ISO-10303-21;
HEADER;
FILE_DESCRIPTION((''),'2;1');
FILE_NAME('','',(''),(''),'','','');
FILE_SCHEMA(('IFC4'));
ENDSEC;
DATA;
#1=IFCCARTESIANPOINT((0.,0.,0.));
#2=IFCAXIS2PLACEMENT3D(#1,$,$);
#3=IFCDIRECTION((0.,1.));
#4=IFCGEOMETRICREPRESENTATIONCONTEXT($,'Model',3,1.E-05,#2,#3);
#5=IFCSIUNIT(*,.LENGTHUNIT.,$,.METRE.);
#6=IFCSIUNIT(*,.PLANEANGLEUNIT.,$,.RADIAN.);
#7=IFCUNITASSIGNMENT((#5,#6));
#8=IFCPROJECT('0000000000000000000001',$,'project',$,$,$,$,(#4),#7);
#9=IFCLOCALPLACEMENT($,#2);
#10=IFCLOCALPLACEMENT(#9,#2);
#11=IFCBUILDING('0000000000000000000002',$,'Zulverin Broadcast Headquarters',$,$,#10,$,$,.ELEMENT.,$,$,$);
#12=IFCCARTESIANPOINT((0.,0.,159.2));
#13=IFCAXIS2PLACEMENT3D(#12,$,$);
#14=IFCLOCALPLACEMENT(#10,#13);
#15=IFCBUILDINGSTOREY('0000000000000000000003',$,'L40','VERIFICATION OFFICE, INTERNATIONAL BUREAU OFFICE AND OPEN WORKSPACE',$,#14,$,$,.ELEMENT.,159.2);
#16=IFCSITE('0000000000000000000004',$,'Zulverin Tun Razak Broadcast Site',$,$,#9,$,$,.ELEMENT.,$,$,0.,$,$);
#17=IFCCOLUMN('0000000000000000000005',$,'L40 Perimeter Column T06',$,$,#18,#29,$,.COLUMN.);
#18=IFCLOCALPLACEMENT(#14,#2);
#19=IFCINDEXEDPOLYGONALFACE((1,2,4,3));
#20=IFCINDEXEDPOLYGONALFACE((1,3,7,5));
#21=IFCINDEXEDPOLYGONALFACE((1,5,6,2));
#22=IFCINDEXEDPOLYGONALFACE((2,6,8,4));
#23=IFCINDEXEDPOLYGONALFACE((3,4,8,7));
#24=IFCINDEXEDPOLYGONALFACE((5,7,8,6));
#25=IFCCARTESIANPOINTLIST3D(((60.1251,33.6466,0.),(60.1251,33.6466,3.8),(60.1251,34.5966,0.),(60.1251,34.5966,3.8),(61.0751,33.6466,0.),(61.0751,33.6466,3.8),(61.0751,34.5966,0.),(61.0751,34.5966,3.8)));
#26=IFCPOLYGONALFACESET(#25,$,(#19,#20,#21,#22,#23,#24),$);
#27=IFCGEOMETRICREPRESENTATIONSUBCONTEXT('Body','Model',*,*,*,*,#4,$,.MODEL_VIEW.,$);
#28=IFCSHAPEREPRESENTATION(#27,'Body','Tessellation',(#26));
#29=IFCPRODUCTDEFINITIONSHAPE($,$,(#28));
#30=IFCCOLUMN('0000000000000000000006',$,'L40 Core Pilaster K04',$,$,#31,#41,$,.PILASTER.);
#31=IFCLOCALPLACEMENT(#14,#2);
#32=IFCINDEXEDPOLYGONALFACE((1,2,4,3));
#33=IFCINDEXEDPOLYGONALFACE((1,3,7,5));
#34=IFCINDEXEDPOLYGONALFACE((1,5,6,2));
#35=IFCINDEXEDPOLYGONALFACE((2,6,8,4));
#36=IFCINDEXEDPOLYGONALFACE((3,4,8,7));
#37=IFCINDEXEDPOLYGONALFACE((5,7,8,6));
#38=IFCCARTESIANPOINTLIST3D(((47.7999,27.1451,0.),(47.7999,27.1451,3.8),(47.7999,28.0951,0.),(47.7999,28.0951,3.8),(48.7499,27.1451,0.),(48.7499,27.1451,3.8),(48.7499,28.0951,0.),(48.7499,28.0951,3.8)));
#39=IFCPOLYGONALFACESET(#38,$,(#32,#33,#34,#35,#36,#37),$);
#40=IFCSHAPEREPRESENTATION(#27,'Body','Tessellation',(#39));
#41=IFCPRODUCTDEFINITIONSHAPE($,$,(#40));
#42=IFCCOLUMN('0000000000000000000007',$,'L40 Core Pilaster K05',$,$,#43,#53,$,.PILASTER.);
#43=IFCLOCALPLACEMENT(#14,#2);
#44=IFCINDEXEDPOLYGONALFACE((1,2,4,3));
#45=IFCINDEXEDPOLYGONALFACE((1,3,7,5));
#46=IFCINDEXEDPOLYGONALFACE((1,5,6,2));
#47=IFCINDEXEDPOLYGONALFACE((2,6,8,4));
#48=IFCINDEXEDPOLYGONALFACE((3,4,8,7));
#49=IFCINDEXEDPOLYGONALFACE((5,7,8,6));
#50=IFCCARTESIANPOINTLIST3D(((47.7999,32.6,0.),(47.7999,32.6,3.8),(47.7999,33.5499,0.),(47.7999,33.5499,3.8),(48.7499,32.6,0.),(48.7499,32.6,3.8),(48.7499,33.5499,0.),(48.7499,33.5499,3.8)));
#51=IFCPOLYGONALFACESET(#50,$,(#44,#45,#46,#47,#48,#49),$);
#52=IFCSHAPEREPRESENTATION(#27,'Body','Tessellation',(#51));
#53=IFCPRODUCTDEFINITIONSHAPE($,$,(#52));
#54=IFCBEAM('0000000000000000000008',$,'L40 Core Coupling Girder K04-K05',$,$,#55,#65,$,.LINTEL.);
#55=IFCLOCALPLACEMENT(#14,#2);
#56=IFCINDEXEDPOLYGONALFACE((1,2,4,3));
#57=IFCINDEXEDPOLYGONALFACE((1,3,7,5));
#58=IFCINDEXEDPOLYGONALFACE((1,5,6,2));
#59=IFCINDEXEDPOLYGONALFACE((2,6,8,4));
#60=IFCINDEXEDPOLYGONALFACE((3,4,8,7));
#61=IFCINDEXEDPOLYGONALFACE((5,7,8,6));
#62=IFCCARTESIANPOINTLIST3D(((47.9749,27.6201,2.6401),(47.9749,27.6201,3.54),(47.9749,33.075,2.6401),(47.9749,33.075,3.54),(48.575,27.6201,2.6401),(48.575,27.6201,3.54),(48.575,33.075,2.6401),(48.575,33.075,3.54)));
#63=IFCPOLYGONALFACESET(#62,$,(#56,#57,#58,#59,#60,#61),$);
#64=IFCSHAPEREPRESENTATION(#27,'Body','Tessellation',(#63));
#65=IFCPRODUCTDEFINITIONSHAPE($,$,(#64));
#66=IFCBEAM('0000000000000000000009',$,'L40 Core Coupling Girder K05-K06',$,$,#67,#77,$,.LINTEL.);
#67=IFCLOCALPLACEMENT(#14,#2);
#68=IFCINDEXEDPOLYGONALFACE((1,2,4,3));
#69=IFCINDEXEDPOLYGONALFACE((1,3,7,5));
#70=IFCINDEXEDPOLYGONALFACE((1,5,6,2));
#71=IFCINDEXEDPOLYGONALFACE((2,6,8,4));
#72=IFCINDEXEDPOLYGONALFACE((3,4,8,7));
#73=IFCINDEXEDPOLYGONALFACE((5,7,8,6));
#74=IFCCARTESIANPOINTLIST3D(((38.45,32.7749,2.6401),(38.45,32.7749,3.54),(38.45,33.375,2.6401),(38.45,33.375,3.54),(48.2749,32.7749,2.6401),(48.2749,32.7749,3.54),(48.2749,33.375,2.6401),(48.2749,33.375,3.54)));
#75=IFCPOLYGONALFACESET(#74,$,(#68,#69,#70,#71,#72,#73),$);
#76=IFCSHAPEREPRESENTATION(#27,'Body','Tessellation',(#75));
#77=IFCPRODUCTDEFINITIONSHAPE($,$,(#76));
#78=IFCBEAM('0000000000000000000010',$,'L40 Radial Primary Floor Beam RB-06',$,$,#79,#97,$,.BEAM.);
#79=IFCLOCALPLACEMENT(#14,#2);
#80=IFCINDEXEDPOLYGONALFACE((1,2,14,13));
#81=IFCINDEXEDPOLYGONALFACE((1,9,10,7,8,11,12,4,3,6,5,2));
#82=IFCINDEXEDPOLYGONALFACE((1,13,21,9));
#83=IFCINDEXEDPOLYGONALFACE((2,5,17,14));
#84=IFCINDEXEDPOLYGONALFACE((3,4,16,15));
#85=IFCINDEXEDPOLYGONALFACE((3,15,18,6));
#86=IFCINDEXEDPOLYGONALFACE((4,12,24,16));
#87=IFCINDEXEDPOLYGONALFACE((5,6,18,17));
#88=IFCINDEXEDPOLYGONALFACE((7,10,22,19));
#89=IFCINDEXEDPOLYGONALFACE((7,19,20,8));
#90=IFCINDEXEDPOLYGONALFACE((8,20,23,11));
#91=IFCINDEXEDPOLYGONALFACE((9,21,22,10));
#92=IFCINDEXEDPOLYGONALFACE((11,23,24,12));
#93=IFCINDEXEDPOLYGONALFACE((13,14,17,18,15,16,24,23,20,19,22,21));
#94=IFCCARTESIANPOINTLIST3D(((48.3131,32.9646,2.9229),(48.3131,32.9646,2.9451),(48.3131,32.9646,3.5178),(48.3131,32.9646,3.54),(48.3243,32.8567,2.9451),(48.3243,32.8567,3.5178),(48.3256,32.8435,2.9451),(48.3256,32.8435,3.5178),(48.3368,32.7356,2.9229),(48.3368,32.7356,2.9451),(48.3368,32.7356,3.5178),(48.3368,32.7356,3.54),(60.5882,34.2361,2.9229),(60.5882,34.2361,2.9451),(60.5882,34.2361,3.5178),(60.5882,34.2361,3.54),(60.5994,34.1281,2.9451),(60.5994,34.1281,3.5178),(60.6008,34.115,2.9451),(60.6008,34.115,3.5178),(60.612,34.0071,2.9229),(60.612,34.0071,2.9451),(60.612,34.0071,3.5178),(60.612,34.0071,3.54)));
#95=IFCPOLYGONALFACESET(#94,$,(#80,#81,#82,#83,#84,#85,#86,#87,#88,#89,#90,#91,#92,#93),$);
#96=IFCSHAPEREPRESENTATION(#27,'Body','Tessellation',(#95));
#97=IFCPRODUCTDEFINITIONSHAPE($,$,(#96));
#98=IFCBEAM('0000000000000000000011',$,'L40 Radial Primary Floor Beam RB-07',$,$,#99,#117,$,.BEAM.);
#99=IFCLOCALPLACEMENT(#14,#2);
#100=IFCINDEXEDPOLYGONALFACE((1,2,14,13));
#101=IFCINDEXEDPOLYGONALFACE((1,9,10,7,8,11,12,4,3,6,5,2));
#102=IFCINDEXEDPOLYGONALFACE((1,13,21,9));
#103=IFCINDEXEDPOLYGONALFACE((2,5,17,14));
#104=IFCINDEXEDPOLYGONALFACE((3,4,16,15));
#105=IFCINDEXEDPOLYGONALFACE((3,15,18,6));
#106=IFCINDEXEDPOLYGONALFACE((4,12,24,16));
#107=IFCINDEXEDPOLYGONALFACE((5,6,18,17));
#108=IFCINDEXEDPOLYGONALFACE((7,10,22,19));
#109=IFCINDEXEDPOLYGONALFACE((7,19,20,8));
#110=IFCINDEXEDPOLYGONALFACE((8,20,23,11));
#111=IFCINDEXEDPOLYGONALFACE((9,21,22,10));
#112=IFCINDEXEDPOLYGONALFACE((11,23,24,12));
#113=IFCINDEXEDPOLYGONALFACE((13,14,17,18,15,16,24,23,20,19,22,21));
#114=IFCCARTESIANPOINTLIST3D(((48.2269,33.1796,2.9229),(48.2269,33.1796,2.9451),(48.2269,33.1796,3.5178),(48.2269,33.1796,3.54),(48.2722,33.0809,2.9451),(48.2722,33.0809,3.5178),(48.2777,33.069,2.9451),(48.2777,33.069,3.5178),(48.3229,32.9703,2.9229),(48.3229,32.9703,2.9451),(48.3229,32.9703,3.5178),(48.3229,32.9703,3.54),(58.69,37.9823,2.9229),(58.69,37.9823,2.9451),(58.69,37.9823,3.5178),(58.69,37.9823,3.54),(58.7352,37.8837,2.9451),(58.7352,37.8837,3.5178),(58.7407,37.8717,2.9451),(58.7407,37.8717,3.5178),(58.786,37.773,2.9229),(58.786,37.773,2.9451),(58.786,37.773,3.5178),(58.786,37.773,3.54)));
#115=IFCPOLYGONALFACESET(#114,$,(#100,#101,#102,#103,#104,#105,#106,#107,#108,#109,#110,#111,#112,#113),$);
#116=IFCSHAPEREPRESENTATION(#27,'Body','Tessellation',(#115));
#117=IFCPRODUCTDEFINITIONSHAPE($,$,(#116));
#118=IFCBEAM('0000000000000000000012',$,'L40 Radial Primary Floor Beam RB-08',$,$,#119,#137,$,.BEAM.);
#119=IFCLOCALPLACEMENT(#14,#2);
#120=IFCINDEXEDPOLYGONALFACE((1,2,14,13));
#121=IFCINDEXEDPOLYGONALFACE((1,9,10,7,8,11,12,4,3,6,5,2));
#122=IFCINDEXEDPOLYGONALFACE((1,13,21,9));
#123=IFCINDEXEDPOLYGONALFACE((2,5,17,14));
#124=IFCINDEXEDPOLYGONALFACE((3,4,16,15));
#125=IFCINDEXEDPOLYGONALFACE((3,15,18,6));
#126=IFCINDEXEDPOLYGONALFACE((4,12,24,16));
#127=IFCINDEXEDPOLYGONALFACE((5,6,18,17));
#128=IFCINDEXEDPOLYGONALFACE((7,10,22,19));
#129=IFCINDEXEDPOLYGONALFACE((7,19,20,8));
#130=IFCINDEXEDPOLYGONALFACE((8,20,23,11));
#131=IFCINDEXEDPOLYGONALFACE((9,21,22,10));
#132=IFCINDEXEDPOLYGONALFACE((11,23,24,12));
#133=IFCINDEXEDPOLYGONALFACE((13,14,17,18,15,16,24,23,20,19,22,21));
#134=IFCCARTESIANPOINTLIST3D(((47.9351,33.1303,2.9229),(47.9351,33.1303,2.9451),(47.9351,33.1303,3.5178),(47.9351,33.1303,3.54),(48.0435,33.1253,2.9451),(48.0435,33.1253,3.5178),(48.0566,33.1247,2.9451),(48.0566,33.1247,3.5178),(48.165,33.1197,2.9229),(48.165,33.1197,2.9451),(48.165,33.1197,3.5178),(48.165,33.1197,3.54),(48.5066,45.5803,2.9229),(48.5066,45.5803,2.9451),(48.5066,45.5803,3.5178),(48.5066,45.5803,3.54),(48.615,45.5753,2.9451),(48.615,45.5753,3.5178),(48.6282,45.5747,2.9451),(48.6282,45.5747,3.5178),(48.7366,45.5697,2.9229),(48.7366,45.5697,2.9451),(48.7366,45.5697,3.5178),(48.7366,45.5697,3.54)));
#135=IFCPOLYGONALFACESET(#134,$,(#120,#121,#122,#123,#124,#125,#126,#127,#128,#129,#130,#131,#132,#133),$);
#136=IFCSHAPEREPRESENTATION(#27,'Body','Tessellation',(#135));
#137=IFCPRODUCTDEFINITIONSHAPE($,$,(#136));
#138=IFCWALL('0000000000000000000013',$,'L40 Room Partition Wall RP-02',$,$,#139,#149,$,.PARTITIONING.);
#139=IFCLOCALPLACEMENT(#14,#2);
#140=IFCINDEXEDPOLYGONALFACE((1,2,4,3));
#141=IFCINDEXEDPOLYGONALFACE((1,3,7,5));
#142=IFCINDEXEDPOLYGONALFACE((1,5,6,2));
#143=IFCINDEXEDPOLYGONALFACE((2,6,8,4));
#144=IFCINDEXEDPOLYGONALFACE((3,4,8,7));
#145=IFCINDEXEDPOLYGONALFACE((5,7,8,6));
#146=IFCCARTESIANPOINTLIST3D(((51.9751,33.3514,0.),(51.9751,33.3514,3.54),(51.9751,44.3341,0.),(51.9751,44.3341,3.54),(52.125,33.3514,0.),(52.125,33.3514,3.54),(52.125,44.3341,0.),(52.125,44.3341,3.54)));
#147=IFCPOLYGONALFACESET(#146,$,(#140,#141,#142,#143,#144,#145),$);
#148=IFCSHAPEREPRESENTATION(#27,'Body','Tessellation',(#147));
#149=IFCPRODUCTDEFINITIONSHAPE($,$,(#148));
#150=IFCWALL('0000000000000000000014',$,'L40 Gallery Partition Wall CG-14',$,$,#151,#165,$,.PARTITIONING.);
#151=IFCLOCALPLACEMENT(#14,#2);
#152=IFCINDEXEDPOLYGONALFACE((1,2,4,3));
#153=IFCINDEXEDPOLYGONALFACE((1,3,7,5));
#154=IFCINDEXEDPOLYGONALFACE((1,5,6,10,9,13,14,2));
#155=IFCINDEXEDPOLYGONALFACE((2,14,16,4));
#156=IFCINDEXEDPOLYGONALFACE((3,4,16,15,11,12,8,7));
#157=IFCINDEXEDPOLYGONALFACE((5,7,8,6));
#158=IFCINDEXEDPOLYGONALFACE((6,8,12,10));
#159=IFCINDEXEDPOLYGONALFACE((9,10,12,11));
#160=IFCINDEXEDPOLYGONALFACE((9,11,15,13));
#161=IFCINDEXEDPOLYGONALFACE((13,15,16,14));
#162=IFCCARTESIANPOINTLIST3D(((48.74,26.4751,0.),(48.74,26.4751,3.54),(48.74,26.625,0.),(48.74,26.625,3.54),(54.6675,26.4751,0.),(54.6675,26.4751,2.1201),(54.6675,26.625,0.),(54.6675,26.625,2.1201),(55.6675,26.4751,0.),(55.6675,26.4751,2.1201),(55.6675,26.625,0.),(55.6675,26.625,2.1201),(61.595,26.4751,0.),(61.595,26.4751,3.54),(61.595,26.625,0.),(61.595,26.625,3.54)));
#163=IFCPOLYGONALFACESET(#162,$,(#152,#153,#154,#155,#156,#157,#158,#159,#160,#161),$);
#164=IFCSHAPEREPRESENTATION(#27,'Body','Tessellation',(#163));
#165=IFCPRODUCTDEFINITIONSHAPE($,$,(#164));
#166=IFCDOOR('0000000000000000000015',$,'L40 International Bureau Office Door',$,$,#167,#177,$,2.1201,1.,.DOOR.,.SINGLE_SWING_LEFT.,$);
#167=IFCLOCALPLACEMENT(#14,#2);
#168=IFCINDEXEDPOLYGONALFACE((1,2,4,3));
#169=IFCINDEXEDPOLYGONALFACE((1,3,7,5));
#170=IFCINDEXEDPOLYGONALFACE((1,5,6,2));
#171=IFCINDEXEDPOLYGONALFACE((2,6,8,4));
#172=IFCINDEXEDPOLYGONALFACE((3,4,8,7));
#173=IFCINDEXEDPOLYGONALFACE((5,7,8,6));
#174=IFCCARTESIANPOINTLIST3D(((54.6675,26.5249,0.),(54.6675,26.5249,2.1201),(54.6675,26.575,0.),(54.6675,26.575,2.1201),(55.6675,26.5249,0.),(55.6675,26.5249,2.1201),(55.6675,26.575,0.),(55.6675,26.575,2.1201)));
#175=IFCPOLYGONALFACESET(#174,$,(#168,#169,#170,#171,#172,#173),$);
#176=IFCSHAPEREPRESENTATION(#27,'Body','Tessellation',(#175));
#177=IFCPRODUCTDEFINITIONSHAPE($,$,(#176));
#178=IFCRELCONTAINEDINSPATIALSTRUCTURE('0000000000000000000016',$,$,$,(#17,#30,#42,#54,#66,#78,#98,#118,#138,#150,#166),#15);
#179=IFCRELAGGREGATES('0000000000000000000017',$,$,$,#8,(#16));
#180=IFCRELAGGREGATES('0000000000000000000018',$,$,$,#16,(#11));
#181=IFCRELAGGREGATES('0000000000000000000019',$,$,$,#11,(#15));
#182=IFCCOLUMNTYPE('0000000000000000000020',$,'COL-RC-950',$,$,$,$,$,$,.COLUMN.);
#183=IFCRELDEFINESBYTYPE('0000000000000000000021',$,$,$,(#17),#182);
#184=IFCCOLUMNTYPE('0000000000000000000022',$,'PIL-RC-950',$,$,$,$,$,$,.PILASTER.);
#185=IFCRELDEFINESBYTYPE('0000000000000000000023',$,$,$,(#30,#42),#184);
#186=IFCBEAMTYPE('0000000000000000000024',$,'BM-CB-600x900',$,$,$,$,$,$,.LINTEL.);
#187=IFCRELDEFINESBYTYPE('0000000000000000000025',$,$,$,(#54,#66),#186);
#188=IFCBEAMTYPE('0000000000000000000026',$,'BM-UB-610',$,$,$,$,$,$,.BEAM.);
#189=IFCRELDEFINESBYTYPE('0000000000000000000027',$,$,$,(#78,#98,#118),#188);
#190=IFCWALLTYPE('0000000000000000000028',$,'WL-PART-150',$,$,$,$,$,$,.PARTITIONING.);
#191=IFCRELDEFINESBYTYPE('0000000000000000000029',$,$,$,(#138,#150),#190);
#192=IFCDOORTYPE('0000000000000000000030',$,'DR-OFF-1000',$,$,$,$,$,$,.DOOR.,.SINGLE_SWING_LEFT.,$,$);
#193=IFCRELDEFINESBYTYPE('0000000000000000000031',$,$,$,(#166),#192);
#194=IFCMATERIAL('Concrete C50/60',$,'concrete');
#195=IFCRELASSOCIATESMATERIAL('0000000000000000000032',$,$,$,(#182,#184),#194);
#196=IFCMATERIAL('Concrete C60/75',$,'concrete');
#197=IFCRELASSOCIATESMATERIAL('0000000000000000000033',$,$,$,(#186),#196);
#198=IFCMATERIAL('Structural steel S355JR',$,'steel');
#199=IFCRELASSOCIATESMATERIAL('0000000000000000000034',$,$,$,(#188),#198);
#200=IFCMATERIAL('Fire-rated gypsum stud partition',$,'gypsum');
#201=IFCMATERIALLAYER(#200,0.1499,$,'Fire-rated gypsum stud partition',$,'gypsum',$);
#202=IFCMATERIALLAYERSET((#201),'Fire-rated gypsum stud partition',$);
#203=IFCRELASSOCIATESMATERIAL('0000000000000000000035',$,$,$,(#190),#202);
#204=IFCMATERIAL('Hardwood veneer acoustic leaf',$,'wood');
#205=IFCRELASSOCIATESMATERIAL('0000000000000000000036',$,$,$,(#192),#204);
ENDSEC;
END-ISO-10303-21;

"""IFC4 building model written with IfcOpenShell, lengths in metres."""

from ifc_helpers import new_model, si_unit, direction, frame, frame_2d, origin, origin_2d, place, context, subcontext, project, spatial, rectangle, i_section, extrude, material, layer, layer_set, material_profile, profile_set, type_object, element, fill, save


model = new_model("IFC4")

# Units and contexts
model_context = context("Model", 3, precision=1e-05, world=origin(), true_north=direction((0.0, 1.0)))
body_context = subcontext(model_context, "Body", "Model", "MODEL_VIEW")
ifc_project = project(units=[si_unit("LENGTHUNIT", "METRE"), si_unit("PLANEANGLEUNIT", "RADIAN")], contexts=[model_context])

# Site, building, storey
site_placement = place(None, origin())
site = spatial("IfcSite", under=ifc_project, at=site_placement, Name="Zulverin Tun Razak Broadcast Site", CompositionType="ELEMENT", RefElevation=0.0)
building_placement = place(site_placement, origin())
building = spatial("IfcBuilding", under=site, at=building_placement, Name="Zulverin Broadcast Headquarters", CompositionType="ELEMENT")
storey_placement = place(building_placement, frame((0.0, 0.0, 159.2)))
storey = spatial("IfcBuildingStorey", under=building, at=storey_placement, Name="L40", Description="VERIFICATION OFFICE, INTERNATIONAL BUREAU OFFICE AND OPEN WORKSPACE", CompositionType="ELEMENT", Elevation=159.2)

# Columns
ifc_material_1 = material(Name="Concrete C50/60", Category="concrete")
ifc_material_profile_1 = material_profile(ifc_material_1, rectangle(XDim=0.95, YDim=0.95, at=origin_2d()), Name="Concrete C50/60", Category="concrete")
ifc_profile_set_1 = profile_set([ifc_material_profile_1], Name="Concrete C50/60")
column_type_1 = type_object("IfcColumnType", Name="COL-RC-950", PredefinedType="COLUMN", material=ifc_profile_set_1)
column_placement = place(storey_placement, frame((60.6001, 34.1216, 0.0), z_axis=(0.0, 0.0, 1.0), x_axis=(1.0, 0.0, 0.0)))
element("IfcColumn", 1, at=column_placement, inside=storey, type_object=column_type_1, Name="L40 Perimeter Column T06", PredefinedType="COLUMN", context=body_context, shape_type="SweptSolid", body=[
    extrude(rectangle(XDim=0.95, YDim=0.95, at=origin_2d()), origin(), (0.0, 0.0, 1.0), 3.8),
])
ifc_material_profile_2 = material_profile(ifc_material_1, rectangle(XDim=0.95, YDim=0.95, at=origin_2d()), Name="Concrete C50/60", Category="concrete")
ifc_profile_set_2 = profile_set([ifc_material_profile_2], Name="Concrete C50/60")
column_type_2 = type_object("IfcColumnType", Name="PIL-RC-950", PredefinedType="PILASTER", material=ifc_profile_set_2)
for number, where, z_axis, x_axis, name in (
    (2, (48.2749, 27.6201, 0.0), (0.0, 0.0, 1.0), (1.0, 0.0, 0.0), "L40 Core Pilaster K04"),
    (3, (48.2749, 33.075, 0.0), (0.0, 0.0, 1.0), (1.0, 0.0, 0.0), "L40 Core Pilaster K05"),
):
    element("IfcColumn", number, at=place(storey_placement, frame(where, z_axis=z_axis, x_axis=x_axis)), inside=storey, type_object=column_type_2, Name=name, PredefinedType="PILASTER", context=body_context, shape_type="SweptSolid", body=[
        extrude(rectangle(XDim=0.95, YDim=0.95, at=origin_2d()), origin(), (0.0, 0.0, 1.0), 3.8),
    ])

# Beams
ifc_material_2 = material(Name="Concrete C60/75", Category="concrete")
ifc_material_profile_3 = material_profile(ifc_material_2, rectangle(XDim=0.6001, YDim=0.8999, at=origin_2d()), Name="Concrete C60/75", Category="concrete")
ifc_profile_set_3 = profile_set([ifc_material_profile_3], Name="Concrete C60/75")
beam_type_1 = type_object("IfcBeamType", Name="BM-CB-600x900", PredefinedType="LINTEL", material=ifc_profile_set_3)
beam_1_placement = place(storey_placement, frame((48.2749, 27.6201, 3.0901), z_axis=(0.0, 1.0, 0.0), x_axis=(-1.0, 0.0, 0.0)))
element("IfcBeam", 4, at=beam_1_placement, inside=storey, type_object=beam_type_1, Name="L40 Core Coupling Girder K04-K05", PredefinedType="LINTEL", context=body_context, shape_type="SweptSolid", body=[
    extrude(rectangle(XDim=0.6001, YDim=0.8999, at=origin_2d()), origin(), (0.0, 0.0, 1.0), 5.4548),
])
beam_2_placement = place(storey_placement, frame((48.2749, 33.075, 3.0901), z_axis=(-1.0, 0.0, 0.0), x_axis=(0.0, -1.0, 0.0)))
element("IfcBeam", 5, at=beam_2_placement, inside=storey, type_object=beam_type_1, Name="L40 Core Coupling Girder K05-K06", PredefinedType="LINTEL", context=body_context, shape_type="SweptSolid", body=[
    extrude(rectangle(XDim=0.6001, YDim=0.8999, at=origin_2d()), origin(), (0.0, 0.0, 1.0), 9.825),
])
ifc_material_3 = material(Name="Structural steel S355JR", Category="steel")
ifc_material_profile_4 = material_profile(ifc_material_3, i_section(OverallWidth=0.2302, OverallDepth=0.6172, WebThickness=0.0132, FlangeThickness=0.0222, at=origin_2d()), Name="Structural steel S355JR", Category="steel")
ifc_profile_set_4 = profile_set([ifc_material_profile_4], Name="Structural steel S355JR")
beam_type_2 = type_object("IfcBeamType", Name="BM-UB-610", PredefinedType="BEAM", material=ifc_profile_set_4)
beam_3_placement = place(storey_placement, frame((48.325, 32.8501, 3.2314), z_axis=(0.994678, 0.103031, 0.0), x_axis=(-0.103031, 0.994678, 0.0)))
element("IfcBeam", 6, at=beam_3_placement, inside=storey, type_object=beam_type_2, Name="L40 Radial Primary Floor Beam RB-06", PredefinedType="BEAM", context=body_context, shape_type="SweptSolid", body=[
    extrude(i_section(OverallWidth=0.2302, OverallDepth=0.6172, WebThickness=0.0132, FlangeThickness=0.0222, at=origin_2d()), origin(), (0.0, 0.0, 1.0), 12.3408),
])
beam_4_placement = place(storey_placement, frame((48.2749, 33.075, 3.2314), z_axis=(0.90883, 0.417167, 0.0), x_axis=(-0.417167, 0.90883, 0.0)))
element("IfcBeam", 7, at=beam_4_placement, inside=storey, type_object=beam_type_2, Name="L40 Radial Primary Floor Beam RB-07", PredefinedType="BEAM", context=body_context, shape_type="SweptSolid", body=[
    extrude(i_section(OverallWidth=0.2302, OverallDepth=0.6172, WebThickness=0.0132, FlangeThickness=0.0222, at=origin_2d()), origin(), (0.0, 0.0, 1.0), 11.5127),
])
beam_5_placement = place(storey_placement, frame((48.05, 33.125, 3.2314), z_axis=(0.045858, 0.998948, 0.0), x_axis=(-0.998948, 0.045858, 0.0)))
element("IfcBeam", 8, at=beam_5_placement, inside=storey, type_object=beam_type_2, Name="L40 Radial Primary Floor Beam RB-08", PredefinedType="BEAM", context=body_context, shape_type="SweptSolid", body=[
    extrude(i_section(OverallWidth=0.2302, OverallDepth=0.6172, WebThickness=0.0132, FlangeThickness=0.0222, at=origin_2d()), origin(), (0.0, 0.0, 1.0), 12.4631),
])

# Wall
ifc_material_4 = material(Name="Fire-rated gypsum stud partition", Category="gypsum")
ifc_layer_1 = layer(ifc_material_4, 0.1499, Name="Fire-rated gypsum stud partition", Category="gypsum")
ifc_layer_set_1 = layer_set([ifc_layer_1], Name="Fire-rated gypsum stud partition")
wall_type_1 = type_object("IfcWallType", Name="WL-PART-150", PredefinedType="PARTITIONING", material=ifc_layer_set_1)
wall_1_placement = place(storey_placement, frame((52.05, 33.3516, 0.0), z_axis=(0.0, 0.0, 1.0), x_axis=(0.0, 1.0, 0.0)))
element("IfcWall", 9, at=wall_1_placement, inside=storey, type_object=wall_type_1, Name="L40 Room Partition Wall RP-02", PredefinedType="PARTITIONING", context=body_context, shape_type="SweptSolid", body=[
    extrude(rectangle(XDim=10.9827, YDim=0.1499, at=frame_2d((5.4912, 0.0))), origin(), (0.0, 0.0, 1.0), 3.54),
])

# Wall, opening, door
wall_2_placement = place(storey_placement, frame((48.74, 26.55, 0.0), z_axis=(0.0, 0.0, 1.0), x_axis=(1.0, 0.0, 0.0)))
wall_2 = element("IfcWall", 10, at=wall_2_placement, inside=storey, type_object=wall_type_1, Name="L40 Gallery Partition Wall CG-14", PredefinedType="PARTITIONING", context=body_context, shape_type="SweptSolid", body=[
    extrude(rectangle(XDim=12.855, YDim=0.1499, at=frame_2d((6.4275, 0.0))), origin(), (0.0, 0.0, 1.0), 3.54),
])
opening_placement = place(wall_2_placement, frame((5.9275, 0.0, 0.0)))
opening = element("IfcOpeningElement", 11, at=opening_placement, cuts=wall_2, PredefinedType="OPENING", context=body_context, shape_type="SweptSolid", body=[
    extrude(rectangle(XDim=1.0, YDim=2.1201, at=frame_2d((0.5, 1.0601))), frame((0.0, 0.085, 0.0), z_axis=(0.0, -1.0, 0.0), x_axis=(1.0, 0.0, 0.0)), (0.0, 0.0, 1.0), 0.1699),
])
ifc_material_5 = material(Name="Hardwood veneer acoustic leaf", Category="wood")
door_type = type_object("IfcDoorType", Name="DR-OFF-1000", OperationType="SINGLE_SWING_LEFT", PredefinedType="DOOR", material=ifc_material_5)
door_placement = place(opening_placement, origin())
door = element("IfcDoor", 12, at=door_placement, inside=storey, type_object=door_type, Name="L40 International Bureau Office Door", OperationType="SINGLE_SWING_LEFT", OverallHeight=2.1201, OverallWidth=1.0, PredefinedType="DOOR", context=body_context, shape_type="SweptSolid", body=[
    extrude(rectangle(XDim=1.0, YDim=2.1201, at=frame_2d((0.5, 1.0601))), frame((0.0, 0.0249, 0.0), z_axis=(0.0, -1.0, 0.0), x_axis=(1.0, 0.0, 0.0)), (0.0, 0.0, 1.0), 0.05),
])
fill(opening, door)

save(model, "model.ifc")
